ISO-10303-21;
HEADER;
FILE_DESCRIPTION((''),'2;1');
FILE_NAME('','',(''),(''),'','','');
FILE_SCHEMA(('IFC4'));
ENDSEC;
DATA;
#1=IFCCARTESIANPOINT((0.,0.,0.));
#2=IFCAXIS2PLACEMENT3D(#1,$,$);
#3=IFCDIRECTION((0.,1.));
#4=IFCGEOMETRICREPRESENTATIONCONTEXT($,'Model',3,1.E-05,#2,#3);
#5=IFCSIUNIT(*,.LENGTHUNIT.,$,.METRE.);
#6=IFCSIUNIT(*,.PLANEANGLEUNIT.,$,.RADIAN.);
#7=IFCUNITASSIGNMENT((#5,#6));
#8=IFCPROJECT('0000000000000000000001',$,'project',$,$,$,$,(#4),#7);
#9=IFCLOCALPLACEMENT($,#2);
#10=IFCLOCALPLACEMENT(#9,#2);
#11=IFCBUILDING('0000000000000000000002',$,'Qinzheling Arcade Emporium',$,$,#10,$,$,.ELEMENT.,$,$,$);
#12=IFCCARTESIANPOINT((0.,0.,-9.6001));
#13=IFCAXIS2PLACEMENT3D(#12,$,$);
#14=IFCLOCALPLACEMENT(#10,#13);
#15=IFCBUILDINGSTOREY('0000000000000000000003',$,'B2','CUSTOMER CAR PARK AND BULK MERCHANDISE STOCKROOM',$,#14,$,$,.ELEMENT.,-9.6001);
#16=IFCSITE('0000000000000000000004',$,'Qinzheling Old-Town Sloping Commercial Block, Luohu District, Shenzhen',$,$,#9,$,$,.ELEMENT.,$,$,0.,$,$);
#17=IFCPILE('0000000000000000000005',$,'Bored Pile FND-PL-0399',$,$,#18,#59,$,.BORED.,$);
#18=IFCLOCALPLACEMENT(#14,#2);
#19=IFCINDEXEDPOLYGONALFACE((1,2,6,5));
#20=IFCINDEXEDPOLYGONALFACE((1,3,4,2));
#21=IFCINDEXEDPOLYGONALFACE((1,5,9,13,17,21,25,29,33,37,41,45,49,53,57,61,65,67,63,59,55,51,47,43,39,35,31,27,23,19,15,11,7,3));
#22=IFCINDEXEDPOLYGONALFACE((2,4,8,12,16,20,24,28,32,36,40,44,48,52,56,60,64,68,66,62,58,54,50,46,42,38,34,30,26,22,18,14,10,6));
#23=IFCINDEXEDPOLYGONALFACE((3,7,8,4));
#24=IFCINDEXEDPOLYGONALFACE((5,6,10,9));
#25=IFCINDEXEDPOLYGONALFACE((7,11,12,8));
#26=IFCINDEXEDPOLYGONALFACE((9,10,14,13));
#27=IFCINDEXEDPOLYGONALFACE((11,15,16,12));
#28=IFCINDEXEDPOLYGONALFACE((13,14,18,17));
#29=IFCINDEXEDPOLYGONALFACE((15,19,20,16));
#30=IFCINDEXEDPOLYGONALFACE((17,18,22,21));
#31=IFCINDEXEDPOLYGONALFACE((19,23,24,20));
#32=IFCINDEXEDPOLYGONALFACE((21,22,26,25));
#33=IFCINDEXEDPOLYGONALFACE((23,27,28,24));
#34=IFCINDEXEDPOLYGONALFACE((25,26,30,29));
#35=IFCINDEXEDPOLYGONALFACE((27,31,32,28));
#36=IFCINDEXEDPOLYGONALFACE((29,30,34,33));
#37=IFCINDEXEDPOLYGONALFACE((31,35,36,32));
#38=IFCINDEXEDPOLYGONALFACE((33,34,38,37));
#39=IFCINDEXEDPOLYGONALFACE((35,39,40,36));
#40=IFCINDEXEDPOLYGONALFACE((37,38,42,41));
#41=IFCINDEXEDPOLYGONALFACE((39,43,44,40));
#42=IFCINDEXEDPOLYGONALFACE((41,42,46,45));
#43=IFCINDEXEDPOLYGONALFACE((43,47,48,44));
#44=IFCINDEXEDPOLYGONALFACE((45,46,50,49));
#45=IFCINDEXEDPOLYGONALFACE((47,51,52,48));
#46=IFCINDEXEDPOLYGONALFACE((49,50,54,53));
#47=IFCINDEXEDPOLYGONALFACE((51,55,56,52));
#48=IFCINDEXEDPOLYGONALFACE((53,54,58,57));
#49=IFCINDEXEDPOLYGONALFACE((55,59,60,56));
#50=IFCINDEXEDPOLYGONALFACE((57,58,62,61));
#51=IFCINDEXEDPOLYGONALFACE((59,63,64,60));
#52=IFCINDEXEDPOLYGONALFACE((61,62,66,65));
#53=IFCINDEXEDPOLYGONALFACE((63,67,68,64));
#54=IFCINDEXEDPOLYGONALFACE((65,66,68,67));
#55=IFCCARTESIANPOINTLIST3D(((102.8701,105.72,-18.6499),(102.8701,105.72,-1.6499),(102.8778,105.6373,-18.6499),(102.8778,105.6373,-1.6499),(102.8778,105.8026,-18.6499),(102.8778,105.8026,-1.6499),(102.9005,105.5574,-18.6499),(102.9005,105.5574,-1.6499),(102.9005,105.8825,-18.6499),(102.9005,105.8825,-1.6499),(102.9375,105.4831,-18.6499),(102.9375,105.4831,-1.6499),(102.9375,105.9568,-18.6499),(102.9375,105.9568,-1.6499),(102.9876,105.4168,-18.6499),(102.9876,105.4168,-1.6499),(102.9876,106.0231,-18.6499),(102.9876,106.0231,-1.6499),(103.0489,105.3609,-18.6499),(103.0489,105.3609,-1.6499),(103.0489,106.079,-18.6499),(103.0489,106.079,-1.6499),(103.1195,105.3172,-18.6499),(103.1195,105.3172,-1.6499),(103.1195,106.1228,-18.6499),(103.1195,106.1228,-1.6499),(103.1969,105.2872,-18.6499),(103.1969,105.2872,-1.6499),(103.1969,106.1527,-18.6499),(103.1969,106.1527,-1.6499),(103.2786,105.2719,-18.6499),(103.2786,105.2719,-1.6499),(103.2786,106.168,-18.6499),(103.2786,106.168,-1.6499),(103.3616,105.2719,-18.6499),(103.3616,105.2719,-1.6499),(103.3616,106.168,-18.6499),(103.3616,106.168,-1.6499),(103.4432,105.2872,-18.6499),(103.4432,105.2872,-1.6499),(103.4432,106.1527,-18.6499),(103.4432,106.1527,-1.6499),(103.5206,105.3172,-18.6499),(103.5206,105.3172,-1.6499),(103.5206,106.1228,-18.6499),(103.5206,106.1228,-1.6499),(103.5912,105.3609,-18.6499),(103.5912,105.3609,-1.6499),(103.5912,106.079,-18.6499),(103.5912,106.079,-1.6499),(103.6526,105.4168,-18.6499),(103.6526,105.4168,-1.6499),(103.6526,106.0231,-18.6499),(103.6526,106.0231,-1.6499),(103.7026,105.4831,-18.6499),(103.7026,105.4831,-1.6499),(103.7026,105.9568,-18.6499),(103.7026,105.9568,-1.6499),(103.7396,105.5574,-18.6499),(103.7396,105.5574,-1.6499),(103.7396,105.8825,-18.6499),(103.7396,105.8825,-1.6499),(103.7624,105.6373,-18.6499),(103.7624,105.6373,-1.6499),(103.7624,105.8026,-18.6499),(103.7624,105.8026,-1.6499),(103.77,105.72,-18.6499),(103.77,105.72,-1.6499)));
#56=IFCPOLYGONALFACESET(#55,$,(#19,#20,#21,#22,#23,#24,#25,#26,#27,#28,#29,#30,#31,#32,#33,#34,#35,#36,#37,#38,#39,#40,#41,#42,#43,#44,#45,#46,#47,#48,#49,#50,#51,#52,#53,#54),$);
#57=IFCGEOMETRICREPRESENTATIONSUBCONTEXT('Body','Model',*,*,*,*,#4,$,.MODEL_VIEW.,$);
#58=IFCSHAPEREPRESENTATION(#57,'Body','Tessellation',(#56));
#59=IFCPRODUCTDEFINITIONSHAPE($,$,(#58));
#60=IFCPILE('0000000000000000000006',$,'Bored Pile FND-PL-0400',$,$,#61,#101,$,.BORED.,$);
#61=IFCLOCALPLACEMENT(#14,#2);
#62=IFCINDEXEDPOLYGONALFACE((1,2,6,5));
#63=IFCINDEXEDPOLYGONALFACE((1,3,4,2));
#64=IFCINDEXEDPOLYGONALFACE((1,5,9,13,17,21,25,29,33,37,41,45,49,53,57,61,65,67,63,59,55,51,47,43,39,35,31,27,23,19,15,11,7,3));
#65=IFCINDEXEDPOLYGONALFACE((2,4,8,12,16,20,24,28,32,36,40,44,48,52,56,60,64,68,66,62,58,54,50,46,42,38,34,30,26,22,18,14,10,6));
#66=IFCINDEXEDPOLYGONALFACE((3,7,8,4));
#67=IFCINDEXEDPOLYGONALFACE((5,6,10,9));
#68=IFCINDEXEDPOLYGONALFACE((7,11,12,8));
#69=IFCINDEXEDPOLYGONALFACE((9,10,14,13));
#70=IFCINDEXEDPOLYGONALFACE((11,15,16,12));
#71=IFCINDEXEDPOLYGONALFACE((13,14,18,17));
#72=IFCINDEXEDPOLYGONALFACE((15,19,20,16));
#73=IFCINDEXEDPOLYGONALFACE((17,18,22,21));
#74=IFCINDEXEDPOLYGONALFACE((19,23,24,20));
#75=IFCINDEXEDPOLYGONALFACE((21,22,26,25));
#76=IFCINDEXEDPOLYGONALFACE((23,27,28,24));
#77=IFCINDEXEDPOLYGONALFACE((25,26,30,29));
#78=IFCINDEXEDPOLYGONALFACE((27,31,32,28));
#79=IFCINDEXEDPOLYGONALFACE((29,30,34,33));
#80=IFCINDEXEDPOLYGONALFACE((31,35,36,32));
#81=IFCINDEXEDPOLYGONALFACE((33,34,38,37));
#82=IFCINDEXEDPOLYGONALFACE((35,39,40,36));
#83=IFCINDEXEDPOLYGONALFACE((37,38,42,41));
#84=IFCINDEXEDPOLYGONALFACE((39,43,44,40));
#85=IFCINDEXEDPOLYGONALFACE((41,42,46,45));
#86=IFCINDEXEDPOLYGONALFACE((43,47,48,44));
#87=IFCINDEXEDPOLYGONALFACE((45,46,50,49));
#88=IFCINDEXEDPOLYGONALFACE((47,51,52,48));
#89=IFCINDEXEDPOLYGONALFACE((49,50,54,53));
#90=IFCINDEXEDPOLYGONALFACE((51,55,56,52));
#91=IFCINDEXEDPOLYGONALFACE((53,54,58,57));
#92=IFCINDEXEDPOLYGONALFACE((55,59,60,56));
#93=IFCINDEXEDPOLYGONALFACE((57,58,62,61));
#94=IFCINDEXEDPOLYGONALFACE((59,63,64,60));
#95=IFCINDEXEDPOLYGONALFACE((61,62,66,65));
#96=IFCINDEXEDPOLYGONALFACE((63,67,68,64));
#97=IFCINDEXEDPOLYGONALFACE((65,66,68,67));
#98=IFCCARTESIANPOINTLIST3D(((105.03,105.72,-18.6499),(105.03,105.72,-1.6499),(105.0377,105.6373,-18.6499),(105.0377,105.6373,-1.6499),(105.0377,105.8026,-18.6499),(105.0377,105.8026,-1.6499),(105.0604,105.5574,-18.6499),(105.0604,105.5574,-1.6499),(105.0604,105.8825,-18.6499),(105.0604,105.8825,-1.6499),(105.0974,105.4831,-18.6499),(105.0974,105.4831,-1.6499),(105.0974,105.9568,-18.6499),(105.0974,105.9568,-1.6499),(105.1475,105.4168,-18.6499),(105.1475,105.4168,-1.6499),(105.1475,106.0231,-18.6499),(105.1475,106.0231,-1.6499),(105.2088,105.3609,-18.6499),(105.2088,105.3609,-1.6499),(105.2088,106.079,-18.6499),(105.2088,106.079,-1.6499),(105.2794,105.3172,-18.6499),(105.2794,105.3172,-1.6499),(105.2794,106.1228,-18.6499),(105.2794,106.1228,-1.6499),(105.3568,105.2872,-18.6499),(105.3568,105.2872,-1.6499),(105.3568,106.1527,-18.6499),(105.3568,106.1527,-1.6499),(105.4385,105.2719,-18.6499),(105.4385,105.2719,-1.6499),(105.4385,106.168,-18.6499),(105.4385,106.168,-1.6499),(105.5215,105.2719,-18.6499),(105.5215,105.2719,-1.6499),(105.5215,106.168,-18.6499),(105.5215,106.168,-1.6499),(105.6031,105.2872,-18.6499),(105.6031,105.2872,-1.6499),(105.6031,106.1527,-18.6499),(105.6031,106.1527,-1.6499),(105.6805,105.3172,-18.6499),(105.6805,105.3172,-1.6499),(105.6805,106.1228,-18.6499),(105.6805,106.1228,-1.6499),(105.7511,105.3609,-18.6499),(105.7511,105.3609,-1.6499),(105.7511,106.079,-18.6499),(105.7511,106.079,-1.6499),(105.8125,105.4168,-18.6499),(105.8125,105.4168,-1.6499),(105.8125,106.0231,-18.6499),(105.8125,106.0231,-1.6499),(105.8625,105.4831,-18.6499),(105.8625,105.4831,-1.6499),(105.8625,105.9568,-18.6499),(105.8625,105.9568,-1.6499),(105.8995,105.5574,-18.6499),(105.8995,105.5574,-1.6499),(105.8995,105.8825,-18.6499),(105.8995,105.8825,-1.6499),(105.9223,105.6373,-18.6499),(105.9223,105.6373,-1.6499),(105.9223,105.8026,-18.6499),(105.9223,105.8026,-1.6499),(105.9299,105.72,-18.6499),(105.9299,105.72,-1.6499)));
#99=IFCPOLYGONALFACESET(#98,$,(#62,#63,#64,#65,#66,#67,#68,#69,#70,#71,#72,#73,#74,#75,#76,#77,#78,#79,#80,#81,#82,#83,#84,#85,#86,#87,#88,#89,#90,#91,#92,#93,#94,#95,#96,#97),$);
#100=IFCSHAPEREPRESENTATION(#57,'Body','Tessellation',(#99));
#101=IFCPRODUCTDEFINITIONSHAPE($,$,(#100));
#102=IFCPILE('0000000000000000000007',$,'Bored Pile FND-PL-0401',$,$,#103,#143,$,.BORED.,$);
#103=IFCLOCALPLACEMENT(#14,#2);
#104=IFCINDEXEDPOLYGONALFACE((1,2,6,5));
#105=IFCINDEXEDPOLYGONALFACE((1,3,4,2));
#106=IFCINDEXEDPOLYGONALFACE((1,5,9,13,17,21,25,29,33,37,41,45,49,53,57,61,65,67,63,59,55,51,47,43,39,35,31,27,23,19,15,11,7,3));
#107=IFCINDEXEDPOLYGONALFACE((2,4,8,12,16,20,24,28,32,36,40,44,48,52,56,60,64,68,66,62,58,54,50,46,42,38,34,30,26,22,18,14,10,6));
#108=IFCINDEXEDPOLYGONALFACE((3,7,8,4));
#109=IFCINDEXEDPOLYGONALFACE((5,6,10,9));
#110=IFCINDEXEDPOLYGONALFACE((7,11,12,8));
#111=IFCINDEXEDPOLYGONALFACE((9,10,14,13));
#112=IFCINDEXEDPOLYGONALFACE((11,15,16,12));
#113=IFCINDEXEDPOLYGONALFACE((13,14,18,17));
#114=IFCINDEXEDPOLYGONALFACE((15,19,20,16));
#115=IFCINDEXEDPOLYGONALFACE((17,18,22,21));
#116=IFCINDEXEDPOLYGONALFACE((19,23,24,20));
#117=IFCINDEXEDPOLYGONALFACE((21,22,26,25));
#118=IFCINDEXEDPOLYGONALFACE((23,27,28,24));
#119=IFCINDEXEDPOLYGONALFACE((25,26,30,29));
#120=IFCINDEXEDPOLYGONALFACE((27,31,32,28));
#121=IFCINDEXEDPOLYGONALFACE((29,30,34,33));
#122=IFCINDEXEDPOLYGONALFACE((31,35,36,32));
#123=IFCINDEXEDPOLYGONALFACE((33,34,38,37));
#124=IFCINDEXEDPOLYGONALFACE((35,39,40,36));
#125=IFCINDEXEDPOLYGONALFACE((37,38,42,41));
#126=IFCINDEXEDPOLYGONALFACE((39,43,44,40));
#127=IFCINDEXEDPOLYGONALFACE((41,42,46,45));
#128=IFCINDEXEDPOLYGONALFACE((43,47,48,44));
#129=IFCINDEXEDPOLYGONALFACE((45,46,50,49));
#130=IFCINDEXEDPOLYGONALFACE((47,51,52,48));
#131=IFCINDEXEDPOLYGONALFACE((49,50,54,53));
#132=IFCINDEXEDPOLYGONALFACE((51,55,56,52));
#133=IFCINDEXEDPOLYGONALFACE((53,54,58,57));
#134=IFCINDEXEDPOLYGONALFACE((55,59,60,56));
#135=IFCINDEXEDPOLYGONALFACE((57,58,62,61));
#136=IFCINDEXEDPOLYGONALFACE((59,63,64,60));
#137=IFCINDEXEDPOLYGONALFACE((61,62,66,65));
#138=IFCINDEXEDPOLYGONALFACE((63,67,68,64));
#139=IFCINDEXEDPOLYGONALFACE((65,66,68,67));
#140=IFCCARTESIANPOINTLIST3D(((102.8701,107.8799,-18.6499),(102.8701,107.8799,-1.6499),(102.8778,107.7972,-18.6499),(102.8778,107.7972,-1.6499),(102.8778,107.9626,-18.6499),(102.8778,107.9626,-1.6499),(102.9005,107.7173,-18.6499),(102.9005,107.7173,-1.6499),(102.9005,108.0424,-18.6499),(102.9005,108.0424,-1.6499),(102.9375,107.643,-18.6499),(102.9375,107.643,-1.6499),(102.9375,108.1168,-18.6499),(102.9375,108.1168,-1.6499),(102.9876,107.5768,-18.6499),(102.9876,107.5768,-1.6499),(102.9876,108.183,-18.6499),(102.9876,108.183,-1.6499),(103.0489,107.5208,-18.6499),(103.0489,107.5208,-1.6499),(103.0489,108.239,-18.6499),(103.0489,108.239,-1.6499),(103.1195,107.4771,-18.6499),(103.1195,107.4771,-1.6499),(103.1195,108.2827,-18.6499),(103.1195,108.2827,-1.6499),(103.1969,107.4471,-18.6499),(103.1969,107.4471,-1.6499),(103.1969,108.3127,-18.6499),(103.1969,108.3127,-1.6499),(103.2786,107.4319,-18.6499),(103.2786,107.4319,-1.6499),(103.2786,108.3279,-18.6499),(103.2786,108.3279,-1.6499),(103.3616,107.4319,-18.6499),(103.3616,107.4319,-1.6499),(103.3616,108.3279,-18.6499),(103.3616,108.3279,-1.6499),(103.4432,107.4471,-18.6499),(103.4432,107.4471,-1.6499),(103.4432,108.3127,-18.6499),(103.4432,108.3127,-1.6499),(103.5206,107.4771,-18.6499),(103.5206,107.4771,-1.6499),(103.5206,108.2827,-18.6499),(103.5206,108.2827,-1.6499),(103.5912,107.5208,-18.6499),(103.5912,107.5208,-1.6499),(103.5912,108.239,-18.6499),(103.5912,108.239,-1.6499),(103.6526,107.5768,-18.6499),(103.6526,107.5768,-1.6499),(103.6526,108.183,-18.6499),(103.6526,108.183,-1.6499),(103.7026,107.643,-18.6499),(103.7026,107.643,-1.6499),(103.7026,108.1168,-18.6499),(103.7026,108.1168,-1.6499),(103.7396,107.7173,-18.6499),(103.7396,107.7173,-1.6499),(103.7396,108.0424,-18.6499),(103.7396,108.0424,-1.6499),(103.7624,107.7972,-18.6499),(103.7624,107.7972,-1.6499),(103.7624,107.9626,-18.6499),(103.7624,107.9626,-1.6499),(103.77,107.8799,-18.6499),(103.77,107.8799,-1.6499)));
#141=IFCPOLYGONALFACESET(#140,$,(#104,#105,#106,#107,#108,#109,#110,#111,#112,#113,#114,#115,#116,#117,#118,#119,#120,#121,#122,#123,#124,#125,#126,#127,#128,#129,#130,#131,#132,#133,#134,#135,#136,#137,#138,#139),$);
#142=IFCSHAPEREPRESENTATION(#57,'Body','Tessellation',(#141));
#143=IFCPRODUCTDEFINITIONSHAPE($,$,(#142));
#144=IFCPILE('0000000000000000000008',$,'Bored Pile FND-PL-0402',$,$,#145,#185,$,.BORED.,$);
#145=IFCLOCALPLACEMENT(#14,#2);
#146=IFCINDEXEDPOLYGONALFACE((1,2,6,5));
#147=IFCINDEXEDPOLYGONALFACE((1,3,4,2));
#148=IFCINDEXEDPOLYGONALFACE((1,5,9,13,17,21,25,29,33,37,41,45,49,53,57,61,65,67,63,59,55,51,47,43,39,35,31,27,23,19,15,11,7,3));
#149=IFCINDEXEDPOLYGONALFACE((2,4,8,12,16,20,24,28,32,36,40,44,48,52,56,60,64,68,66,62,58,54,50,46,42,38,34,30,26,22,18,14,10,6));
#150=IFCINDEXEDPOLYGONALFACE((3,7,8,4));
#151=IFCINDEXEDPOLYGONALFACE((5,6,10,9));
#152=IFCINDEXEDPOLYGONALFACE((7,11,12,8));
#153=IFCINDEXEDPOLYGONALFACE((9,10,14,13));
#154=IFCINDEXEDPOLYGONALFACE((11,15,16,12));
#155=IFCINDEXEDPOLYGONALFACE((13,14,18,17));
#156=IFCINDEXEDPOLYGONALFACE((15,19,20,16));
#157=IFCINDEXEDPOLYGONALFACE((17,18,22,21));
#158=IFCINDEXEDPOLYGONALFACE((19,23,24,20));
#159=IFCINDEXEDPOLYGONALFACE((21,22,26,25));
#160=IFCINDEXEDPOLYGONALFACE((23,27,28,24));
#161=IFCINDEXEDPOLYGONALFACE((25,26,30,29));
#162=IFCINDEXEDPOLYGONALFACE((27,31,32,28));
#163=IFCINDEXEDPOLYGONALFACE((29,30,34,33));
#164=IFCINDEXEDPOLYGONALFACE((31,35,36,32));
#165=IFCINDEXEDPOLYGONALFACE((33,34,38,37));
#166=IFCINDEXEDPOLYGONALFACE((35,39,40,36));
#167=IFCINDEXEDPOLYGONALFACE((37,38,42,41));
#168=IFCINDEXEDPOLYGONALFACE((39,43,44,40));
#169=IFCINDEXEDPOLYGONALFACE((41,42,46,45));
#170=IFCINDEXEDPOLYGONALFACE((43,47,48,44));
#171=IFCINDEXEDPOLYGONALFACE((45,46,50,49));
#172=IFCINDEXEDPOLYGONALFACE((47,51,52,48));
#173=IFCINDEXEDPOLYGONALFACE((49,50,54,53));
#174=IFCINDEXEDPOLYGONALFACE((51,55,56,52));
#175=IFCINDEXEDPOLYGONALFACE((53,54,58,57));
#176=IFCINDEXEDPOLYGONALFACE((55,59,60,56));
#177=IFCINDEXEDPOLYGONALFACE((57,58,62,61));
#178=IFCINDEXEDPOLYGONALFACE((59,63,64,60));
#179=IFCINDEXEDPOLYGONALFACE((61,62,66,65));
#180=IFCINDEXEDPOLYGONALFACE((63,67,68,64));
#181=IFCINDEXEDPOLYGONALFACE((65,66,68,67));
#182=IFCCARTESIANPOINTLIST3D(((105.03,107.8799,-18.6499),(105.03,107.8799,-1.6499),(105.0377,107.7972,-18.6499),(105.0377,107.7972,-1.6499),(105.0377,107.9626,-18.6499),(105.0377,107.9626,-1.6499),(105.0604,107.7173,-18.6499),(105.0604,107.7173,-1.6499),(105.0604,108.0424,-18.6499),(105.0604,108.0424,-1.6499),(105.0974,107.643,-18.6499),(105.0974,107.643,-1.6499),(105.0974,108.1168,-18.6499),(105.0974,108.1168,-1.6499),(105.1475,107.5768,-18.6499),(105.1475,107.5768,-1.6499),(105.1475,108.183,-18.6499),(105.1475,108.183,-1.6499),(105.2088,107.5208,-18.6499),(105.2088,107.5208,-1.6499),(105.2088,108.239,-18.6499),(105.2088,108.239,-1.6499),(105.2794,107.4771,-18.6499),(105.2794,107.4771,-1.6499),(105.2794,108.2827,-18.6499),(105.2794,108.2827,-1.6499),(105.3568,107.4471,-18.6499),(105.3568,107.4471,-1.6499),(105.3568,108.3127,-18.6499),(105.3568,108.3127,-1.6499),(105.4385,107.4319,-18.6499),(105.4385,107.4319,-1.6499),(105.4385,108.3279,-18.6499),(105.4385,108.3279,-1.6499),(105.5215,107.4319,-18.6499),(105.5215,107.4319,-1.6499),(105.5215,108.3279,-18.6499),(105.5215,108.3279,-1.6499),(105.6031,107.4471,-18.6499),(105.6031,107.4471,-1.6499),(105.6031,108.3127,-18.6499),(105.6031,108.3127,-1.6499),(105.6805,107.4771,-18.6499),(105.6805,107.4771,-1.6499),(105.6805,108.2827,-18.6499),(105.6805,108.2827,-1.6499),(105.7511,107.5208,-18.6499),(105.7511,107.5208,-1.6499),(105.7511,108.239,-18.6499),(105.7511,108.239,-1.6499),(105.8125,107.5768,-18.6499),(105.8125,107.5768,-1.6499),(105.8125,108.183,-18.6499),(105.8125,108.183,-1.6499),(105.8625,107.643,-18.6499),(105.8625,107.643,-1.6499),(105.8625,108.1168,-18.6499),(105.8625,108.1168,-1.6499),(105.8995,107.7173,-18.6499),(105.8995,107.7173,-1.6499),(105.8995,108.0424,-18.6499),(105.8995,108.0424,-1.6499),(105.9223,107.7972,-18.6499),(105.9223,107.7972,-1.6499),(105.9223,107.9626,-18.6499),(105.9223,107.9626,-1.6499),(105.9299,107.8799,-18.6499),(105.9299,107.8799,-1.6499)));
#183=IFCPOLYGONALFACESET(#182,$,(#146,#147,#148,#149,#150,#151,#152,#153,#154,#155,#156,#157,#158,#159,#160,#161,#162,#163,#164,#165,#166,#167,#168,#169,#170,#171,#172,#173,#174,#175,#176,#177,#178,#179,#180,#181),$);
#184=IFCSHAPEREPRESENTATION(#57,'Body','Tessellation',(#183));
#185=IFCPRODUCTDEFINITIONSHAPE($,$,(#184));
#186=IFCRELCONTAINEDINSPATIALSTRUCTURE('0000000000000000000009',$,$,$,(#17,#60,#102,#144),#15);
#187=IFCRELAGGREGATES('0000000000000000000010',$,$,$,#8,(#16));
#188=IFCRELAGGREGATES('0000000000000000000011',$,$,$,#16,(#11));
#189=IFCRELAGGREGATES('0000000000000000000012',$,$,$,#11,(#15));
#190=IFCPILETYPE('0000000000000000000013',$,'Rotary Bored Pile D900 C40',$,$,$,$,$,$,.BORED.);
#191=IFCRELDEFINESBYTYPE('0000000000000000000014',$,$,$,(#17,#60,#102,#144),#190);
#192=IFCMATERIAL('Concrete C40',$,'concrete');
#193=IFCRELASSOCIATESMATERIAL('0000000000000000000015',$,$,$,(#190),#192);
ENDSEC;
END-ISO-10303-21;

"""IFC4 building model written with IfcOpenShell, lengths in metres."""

from ifc_helpers import new_model, si_unit, direction, frame, origin, origin_2d, place, context, subcontext, project, spatial, circle, extrude, material, material_profile, profile_set, type_object, element, save


model = new_model("IFC4")

# Units and contexts
model_context = context("Model", 3, precision=1e-05, world=origin(), true_north=direction((0.0, 1.0)))
body_context = subcontext(model_context, "Body", "Model", "MODEL_VIEW")
ifc_project = project(units=[si_unit("LENGTHUNIT", "METRE"), si_unit("PLANEANGLEUNIT", "RADIAN")], contexts=[model_context])

# Site, building, storey
site_placement = place(None, origin())
site = spatial("IfcSite", under=ifc_project, at=site_placement, Name="Qinzheling Old-Town Sloping Commercial Block, Luohu District, Shenzhen", CompositionType="ELEMENT", RefElevation=0.0)
building_placement = place(site_placement, origin())
building = spatial("IfcBuilding", under=site, at=building_placement, Name="Qinzheling Arcade Emporium", CompositionType="ELEMENT")
storey_placement = place(building_placement, frame((0.0, 0.0, -9.6001)))
storey = spatial("IfcBuildingStorey", under=building, at=storey_placement, Name="B2", Description="CUSTOMER CAR PARK AND BULK MERCHANDISE STOCKROOM", CompositionType="ELEMENT", Elevation=-9.6001)

# Shared definitions
ifc_material_1 = material(Name="Concrete C40", Category="concrete")

# Piles
ifc_material_profile_1 = material_profile(ifc_material_1, circle(Radius=0.45, at=origin_2d()), Name="BORED D900", Category="concrete")
ifc_profile_set_1 = profile_set([ifc_material_profile_1], Name="Concrete C40")
pile_type = type_object("IfcPileType", Name="Rotary Bored Pile D900 C40", PredefinedType="BORED", material=ifc_profile_set_1)
for number, where, z_axis, x_axis, name in (
    (1, (103.3201, 105.72, -1.6499), (0.0, 0.0, -1.0), (1.0, 0.0, 0.0), "Bored Pile FND-PL-0399"),
    (2, (105.48, 105.72, -1.6499), (0.0, 0.0, -1.0), (1.0, 0.0, 0.0), "Bored Pile FND-PL-0400"),
    (3, (103.3201, 107.8799, -1.6499), (0.0, 0.0, -1.0), (1.0, 0.0, 0.0), "Bored Pile FND-PL-0401"),
    (4, (105.48, 107.8799, -1.6499), (0.0, 0.0, -1.0), (1.0, 0.0, 0.0), "Bored Pile FND-PL-0402"),
):
    element("IfcPile", number, at=place(storey_placement, frame(where, z_axis=z_axis, x_axis=x_axis)), inside=storey, type_object=pile_type, Name=name, PredefinedType="BORED", context=body_context, shape_type="SweptSolid", body=[
        extrude(circle(Radius=0.45, at=origin_2d()), origin(), (0.0, 0.0, 1.0), 17.0),
    ])

save(model, "model.ifc")
